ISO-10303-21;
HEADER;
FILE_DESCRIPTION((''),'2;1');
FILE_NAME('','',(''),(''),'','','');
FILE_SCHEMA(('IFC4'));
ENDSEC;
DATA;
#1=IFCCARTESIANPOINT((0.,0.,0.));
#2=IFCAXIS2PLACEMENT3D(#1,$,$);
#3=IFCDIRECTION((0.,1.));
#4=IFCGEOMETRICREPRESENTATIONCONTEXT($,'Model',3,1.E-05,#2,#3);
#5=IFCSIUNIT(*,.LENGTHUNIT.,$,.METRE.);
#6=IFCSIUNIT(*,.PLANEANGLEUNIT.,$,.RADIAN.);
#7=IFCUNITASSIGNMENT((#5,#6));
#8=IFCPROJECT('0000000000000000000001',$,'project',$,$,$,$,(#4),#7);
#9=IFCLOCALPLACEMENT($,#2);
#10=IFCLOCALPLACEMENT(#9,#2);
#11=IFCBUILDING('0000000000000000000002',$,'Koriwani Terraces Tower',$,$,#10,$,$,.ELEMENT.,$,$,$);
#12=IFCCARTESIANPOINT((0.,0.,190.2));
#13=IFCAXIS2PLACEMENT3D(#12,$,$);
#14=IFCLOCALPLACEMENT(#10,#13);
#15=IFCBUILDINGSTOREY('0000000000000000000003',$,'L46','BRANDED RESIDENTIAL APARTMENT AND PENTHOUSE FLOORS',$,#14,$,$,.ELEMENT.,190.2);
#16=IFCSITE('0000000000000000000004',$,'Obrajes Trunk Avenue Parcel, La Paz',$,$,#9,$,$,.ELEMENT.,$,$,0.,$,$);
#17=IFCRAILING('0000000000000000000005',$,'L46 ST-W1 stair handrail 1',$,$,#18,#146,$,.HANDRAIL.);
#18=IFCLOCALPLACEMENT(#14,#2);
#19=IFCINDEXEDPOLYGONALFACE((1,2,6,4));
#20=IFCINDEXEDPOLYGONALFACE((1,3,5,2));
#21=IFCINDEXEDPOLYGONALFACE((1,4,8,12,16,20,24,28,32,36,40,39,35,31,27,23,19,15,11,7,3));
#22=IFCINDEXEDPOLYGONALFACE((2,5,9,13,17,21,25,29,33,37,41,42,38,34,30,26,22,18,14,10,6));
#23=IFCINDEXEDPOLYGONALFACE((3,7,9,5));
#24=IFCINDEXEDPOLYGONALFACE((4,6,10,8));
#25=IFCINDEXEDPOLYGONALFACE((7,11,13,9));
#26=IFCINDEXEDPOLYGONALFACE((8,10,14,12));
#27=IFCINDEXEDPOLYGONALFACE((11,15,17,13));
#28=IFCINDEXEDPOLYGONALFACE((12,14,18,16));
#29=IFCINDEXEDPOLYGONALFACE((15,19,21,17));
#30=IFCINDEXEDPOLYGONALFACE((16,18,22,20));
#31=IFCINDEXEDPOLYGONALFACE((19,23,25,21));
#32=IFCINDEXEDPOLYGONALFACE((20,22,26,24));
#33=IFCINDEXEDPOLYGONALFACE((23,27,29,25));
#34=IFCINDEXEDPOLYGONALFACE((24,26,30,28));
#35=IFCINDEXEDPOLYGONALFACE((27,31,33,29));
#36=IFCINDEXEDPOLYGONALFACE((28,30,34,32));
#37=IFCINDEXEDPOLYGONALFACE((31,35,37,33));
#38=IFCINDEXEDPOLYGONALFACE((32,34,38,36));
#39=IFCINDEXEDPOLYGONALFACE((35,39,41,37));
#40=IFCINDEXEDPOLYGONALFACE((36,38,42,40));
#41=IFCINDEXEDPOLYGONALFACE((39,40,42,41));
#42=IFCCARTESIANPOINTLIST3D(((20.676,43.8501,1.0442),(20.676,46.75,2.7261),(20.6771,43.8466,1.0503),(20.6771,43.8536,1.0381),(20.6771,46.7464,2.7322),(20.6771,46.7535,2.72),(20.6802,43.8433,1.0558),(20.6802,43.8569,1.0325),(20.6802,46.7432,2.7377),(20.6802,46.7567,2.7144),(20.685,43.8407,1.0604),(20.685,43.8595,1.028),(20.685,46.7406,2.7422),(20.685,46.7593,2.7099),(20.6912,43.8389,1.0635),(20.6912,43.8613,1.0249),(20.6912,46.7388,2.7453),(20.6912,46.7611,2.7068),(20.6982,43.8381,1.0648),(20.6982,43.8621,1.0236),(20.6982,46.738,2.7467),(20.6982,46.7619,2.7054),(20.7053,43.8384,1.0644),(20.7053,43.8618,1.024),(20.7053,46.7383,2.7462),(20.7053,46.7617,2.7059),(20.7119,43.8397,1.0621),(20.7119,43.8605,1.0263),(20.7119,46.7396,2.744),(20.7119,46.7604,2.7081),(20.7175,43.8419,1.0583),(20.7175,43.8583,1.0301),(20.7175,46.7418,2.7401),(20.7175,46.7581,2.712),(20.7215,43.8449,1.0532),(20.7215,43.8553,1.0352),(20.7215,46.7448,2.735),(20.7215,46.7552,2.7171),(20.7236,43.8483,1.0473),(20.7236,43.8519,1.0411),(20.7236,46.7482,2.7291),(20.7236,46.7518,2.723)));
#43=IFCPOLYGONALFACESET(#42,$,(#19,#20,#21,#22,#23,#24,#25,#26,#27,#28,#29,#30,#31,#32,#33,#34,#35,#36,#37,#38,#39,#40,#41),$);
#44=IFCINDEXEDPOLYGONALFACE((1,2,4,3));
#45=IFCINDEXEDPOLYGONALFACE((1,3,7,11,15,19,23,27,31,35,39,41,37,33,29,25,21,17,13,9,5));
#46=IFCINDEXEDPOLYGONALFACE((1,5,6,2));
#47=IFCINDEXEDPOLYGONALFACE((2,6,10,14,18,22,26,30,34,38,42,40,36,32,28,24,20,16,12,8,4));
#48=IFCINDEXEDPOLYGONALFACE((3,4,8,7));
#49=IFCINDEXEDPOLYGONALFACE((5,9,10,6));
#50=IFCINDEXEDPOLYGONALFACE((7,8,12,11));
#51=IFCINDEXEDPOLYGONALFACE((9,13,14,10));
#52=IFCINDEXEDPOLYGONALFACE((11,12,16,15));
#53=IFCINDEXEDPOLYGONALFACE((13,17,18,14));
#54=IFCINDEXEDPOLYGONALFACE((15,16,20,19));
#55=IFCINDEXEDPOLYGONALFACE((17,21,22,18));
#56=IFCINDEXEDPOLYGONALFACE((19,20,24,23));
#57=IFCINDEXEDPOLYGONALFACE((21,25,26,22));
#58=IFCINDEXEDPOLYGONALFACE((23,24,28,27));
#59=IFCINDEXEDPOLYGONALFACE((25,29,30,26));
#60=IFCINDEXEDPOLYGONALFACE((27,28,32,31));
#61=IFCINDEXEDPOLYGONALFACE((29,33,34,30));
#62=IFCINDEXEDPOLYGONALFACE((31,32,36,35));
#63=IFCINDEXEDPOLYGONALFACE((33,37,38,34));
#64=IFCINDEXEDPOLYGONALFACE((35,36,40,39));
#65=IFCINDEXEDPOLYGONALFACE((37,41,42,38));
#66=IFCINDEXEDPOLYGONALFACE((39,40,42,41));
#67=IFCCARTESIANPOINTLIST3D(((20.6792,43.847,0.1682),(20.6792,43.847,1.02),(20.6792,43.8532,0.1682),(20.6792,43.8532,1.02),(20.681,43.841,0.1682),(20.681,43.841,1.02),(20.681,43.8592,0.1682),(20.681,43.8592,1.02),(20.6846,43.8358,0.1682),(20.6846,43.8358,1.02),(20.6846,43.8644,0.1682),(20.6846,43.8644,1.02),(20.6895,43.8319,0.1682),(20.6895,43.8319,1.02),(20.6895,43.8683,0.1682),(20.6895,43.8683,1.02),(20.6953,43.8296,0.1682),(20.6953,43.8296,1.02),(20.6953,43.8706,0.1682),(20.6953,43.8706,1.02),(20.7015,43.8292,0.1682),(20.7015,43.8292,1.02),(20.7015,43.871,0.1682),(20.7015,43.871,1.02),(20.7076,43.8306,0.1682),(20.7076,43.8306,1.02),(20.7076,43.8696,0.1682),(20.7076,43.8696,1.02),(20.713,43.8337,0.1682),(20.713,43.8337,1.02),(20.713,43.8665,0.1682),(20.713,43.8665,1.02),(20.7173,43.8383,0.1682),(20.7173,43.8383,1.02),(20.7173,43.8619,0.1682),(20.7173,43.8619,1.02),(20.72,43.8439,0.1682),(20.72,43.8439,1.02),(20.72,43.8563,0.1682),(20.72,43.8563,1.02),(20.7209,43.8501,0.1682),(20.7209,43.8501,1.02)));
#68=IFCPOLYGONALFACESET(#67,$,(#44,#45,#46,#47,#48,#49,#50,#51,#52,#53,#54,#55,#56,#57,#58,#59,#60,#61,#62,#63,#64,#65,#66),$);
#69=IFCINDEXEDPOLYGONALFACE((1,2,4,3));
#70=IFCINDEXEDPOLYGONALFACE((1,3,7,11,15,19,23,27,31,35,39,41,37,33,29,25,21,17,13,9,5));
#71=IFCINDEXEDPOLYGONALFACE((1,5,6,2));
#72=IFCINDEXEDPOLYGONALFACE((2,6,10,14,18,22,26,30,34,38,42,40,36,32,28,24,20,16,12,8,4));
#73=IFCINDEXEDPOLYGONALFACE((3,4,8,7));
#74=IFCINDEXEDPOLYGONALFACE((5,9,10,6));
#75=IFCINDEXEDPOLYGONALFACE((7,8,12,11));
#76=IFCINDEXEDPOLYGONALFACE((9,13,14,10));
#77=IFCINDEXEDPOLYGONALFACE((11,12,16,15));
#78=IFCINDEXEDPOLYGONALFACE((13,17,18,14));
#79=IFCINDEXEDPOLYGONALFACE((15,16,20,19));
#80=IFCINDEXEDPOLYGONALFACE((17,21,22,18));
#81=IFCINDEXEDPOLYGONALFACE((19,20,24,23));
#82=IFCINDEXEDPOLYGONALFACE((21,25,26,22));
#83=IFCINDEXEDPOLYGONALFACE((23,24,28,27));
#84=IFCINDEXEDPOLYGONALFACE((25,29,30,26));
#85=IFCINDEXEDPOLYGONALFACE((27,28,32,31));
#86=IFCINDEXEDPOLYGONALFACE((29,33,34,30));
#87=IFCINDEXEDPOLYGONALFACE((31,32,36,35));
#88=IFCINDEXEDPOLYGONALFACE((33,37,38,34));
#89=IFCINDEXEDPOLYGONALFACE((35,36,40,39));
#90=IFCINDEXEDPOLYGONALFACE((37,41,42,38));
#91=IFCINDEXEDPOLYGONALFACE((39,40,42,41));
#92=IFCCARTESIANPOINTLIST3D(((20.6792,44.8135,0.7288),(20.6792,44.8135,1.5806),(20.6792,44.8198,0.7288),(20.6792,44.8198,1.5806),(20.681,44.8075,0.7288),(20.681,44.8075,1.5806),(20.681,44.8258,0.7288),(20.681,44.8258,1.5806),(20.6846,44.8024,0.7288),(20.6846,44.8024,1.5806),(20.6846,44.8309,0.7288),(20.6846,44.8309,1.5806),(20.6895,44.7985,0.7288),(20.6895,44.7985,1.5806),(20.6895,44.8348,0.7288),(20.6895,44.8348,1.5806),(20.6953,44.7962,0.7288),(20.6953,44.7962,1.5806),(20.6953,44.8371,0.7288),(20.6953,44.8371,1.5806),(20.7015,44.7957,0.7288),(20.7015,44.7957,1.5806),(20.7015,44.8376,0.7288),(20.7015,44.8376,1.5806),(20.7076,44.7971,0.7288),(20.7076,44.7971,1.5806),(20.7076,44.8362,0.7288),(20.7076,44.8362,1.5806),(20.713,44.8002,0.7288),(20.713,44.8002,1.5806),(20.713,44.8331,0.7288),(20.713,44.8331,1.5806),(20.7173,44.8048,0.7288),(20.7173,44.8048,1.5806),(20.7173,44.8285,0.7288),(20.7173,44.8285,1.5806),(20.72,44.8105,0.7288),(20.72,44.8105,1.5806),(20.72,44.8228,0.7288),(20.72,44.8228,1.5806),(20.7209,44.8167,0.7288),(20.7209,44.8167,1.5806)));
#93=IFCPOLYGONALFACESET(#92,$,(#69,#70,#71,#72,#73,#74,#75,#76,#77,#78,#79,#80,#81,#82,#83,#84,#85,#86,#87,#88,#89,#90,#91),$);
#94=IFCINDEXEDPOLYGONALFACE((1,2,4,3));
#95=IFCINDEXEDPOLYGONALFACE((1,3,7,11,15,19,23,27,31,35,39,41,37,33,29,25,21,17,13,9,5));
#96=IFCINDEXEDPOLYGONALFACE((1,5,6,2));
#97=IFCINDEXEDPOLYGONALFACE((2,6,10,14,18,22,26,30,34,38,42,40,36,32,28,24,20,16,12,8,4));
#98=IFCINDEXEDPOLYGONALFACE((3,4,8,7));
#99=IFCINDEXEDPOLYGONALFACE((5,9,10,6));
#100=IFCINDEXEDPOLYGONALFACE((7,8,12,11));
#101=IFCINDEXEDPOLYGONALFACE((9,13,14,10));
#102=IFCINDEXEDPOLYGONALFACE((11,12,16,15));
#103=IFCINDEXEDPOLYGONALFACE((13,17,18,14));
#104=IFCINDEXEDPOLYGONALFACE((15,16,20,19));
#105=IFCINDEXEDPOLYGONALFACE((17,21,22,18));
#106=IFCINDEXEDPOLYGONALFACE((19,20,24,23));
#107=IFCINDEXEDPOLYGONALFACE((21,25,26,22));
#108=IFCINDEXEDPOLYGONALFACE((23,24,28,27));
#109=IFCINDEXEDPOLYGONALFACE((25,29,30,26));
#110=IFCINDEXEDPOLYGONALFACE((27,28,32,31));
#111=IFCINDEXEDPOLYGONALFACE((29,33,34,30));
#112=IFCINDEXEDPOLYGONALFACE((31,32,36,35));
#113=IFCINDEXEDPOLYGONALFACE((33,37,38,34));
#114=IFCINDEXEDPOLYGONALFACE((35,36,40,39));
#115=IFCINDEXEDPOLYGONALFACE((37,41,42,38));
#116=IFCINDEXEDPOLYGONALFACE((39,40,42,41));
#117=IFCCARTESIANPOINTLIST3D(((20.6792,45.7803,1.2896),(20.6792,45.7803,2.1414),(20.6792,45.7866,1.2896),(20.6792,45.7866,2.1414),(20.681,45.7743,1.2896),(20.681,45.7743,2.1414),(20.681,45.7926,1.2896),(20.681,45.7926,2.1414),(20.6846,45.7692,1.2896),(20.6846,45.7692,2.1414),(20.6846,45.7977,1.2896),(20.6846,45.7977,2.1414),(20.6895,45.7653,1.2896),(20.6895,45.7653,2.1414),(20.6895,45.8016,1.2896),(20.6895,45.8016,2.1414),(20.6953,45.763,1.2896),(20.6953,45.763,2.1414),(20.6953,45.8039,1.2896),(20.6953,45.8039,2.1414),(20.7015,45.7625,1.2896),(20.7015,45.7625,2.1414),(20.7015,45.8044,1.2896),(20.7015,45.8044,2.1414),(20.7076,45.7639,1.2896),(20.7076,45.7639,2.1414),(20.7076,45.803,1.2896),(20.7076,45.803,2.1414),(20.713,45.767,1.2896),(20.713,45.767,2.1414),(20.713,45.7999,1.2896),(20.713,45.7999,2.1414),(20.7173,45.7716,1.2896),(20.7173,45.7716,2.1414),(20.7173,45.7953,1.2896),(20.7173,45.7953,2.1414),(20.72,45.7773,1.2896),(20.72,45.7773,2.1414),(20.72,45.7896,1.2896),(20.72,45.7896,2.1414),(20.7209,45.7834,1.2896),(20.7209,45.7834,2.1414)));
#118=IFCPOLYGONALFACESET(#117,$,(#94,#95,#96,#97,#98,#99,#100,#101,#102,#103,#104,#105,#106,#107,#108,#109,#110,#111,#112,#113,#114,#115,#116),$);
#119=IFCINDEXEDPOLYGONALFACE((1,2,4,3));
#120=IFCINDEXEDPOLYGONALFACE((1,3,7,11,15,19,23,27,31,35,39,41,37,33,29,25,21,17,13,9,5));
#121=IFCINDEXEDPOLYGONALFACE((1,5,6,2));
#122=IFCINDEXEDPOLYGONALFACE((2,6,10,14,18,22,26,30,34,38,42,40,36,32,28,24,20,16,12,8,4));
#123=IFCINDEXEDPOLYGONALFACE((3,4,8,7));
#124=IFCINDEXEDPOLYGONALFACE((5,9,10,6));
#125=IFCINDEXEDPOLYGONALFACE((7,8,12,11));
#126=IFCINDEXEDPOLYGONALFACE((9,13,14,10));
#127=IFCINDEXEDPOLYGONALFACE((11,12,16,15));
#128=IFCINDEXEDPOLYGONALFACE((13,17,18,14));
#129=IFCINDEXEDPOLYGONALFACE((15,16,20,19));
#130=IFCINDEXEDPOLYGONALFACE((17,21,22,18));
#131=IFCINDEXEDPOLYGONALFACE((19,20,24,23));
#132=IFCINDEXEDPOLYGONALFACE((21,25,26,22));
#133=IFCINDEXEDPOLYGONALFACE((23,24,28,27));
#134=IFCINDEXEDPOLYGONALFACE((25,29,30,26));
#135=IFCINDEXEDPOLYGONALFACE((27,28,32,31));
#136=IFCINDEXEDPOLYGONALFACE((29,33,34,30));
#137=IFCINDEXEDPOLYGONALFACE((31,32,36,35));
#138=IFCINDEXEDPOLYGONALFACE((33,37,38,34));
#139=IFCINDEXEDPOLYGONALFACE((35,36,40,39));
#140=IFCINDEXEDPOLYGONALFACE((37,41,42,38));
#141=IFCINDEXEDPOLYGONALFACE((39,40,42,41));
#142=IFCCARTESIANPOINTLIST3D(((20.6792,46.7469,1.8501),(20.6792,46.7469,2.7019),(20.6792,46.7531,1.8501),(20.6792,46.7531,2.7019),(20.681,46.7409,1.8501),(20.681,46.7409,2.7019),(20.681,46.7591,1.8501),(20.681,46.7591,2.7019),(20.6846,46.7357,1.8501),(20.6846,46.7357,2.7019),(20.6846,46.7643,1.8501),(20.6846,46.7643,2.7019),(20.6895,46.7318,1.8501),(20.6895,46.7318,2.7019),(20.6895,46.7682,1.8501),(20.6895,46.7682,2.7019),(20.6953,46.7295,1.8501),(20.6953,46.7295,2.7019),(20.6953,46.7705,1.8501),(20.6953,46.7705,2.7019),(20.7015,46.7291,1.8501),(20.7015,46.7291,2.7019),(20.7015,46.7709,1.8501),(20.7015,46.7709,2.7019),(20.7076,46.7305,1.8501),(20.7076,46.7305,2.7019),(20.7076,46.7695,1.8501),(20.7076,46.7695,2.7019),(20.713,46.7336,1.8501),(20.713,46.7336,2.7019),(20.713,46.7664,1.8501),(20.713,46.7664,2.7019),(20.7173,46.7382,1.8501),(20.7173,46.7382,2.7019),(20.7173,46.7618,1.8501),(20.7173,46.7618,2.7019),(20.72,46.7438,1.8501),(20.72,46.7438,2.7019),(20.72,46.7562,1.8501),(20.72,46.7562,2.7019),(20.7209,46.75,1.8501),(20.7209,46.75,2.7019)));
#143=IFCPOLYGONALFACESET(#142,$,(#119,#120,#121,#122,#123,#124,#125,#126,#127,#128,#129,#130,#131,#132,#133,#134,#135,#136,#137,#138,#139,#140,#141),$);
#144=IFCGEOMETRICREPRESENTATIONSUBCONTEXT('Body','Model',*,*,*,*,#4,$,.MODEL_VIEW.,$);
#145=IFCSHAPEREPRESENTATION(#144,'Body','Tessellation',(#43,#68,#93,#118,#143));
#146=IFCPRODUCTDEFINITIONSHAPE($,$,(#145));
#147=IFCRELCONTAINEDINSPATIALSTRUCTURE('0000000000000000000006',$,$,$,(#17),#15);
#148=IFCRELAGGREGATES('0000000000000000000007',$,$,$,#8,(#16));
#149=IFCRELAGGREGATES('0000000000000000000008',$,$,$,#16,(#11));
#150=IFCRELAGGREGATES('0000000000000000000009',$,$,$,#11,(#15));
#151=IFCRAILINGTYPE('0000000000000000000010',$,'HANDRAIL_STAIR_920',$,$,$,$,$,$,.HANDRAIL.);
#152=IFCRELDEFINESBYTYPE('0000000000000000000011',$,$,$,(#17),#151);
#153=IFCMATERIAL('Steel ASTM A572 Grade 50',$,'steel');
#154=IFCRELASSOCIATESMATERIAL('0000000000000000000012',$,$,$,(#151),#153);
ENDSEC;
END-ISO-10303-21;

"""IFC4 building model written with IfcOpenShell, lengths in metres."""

from ifc_helpers import new_model, si_unit, direction, frame, origin, origin_2d, place, context, subcontext, project, spatial, circle, extrude, material, type_object, element, save


model = new_model("IFC4")

# Units and contexts
model_context = context("Model", 3, precision=1e-05, world=origin(), true_north=direction((0.0, 1.0)))
body_context = subcontext(model_context, "Body", "Model", "MODEL_VIEW")
ifc_project = project(units=[si_unit("LENGTHUNIT", "METRE"), si_unit("PLANEANGLEUNIT", "RADIAN")], contexts=[model_context])

# Site, building, storey
site_placement = place(None, origin())
site = spatial("IfcSite", under=ifc_project, at=site_placement, Name="Obrajes Trunk Avenue Parcel, La Paz", CompositionType="ELEMENT", RefElevation=0.0)
building_placement = place(site_placement, origin())
building = spatial("IfcBuilding", under=site, at=building_placement, Name="Koriwani Terraces Tower", CompositionType="ELEMENT")
storey_placement = place(building_placement, frame((0.0, 0.0, 190.2)))
storey = spatial("IfcBuildingStorey", under=building, at=storey_placement, Name="L46", Description="BRANDED RESIDENTIAL APARTMENT AND PENTHOUSE FLOORS", CompositionType="ELEMENT", Elevation=190.2)

# Shared definitions
ifc_material_1 = material(Name="Steel ASTM A572 Grade 50", Category="steel")

# Railing
railing_type_1 = type_object("IfcRailingType", Name="HANDRAIL_STAIR_920", PredefinedType="HANDRAIL", material=ifc_material_1)
railing_1_placement = place(storey_placement, frame((20.7, 43.8501, 0.1682)))
element("IfcRailing", 1, at=railing_1_placement, inside=storey, type_object=railing_type_1, Name="L46 ST-W1 stair handrail 1", PredefinedType="HANDRAIL", context=body_context, shape_type="SweptSolid", body=[
    extrude(circle(Radius=0.0239, at=origin_2d()), frame((0.0, 0.0, 0.876), z_axis=(0.0, 0.865039, 0.501705), x_axis=(-1.0, 0.0, 0.0)), (0.0, 0.0, 1.0), 3.3523),
    extrude(circle(Radius=0.021, at=origin_2d()), origin(), (0.0, 0.0, 1.0), 0.8518),
    extrude(circle(Radius=0.021, at=origin_2d()), frame((0.0, 0.9666, 0.5605)), (0.0, 0.0, 1.0), 0.8518),
    extrude(circle(Radius=0.021, at=origin_2d()), frame((0.0, 1.9333, 1.1213)), (0.0, 0.0, 1.0), 0.8518),
    extrude(circle(Radius=0.021, at=origin_2d()), frame((0.0, 2.8999, 1.6819)), (0.0, 0.0, 1.0), 0.8518),
])

save(model, "model.ifc")
